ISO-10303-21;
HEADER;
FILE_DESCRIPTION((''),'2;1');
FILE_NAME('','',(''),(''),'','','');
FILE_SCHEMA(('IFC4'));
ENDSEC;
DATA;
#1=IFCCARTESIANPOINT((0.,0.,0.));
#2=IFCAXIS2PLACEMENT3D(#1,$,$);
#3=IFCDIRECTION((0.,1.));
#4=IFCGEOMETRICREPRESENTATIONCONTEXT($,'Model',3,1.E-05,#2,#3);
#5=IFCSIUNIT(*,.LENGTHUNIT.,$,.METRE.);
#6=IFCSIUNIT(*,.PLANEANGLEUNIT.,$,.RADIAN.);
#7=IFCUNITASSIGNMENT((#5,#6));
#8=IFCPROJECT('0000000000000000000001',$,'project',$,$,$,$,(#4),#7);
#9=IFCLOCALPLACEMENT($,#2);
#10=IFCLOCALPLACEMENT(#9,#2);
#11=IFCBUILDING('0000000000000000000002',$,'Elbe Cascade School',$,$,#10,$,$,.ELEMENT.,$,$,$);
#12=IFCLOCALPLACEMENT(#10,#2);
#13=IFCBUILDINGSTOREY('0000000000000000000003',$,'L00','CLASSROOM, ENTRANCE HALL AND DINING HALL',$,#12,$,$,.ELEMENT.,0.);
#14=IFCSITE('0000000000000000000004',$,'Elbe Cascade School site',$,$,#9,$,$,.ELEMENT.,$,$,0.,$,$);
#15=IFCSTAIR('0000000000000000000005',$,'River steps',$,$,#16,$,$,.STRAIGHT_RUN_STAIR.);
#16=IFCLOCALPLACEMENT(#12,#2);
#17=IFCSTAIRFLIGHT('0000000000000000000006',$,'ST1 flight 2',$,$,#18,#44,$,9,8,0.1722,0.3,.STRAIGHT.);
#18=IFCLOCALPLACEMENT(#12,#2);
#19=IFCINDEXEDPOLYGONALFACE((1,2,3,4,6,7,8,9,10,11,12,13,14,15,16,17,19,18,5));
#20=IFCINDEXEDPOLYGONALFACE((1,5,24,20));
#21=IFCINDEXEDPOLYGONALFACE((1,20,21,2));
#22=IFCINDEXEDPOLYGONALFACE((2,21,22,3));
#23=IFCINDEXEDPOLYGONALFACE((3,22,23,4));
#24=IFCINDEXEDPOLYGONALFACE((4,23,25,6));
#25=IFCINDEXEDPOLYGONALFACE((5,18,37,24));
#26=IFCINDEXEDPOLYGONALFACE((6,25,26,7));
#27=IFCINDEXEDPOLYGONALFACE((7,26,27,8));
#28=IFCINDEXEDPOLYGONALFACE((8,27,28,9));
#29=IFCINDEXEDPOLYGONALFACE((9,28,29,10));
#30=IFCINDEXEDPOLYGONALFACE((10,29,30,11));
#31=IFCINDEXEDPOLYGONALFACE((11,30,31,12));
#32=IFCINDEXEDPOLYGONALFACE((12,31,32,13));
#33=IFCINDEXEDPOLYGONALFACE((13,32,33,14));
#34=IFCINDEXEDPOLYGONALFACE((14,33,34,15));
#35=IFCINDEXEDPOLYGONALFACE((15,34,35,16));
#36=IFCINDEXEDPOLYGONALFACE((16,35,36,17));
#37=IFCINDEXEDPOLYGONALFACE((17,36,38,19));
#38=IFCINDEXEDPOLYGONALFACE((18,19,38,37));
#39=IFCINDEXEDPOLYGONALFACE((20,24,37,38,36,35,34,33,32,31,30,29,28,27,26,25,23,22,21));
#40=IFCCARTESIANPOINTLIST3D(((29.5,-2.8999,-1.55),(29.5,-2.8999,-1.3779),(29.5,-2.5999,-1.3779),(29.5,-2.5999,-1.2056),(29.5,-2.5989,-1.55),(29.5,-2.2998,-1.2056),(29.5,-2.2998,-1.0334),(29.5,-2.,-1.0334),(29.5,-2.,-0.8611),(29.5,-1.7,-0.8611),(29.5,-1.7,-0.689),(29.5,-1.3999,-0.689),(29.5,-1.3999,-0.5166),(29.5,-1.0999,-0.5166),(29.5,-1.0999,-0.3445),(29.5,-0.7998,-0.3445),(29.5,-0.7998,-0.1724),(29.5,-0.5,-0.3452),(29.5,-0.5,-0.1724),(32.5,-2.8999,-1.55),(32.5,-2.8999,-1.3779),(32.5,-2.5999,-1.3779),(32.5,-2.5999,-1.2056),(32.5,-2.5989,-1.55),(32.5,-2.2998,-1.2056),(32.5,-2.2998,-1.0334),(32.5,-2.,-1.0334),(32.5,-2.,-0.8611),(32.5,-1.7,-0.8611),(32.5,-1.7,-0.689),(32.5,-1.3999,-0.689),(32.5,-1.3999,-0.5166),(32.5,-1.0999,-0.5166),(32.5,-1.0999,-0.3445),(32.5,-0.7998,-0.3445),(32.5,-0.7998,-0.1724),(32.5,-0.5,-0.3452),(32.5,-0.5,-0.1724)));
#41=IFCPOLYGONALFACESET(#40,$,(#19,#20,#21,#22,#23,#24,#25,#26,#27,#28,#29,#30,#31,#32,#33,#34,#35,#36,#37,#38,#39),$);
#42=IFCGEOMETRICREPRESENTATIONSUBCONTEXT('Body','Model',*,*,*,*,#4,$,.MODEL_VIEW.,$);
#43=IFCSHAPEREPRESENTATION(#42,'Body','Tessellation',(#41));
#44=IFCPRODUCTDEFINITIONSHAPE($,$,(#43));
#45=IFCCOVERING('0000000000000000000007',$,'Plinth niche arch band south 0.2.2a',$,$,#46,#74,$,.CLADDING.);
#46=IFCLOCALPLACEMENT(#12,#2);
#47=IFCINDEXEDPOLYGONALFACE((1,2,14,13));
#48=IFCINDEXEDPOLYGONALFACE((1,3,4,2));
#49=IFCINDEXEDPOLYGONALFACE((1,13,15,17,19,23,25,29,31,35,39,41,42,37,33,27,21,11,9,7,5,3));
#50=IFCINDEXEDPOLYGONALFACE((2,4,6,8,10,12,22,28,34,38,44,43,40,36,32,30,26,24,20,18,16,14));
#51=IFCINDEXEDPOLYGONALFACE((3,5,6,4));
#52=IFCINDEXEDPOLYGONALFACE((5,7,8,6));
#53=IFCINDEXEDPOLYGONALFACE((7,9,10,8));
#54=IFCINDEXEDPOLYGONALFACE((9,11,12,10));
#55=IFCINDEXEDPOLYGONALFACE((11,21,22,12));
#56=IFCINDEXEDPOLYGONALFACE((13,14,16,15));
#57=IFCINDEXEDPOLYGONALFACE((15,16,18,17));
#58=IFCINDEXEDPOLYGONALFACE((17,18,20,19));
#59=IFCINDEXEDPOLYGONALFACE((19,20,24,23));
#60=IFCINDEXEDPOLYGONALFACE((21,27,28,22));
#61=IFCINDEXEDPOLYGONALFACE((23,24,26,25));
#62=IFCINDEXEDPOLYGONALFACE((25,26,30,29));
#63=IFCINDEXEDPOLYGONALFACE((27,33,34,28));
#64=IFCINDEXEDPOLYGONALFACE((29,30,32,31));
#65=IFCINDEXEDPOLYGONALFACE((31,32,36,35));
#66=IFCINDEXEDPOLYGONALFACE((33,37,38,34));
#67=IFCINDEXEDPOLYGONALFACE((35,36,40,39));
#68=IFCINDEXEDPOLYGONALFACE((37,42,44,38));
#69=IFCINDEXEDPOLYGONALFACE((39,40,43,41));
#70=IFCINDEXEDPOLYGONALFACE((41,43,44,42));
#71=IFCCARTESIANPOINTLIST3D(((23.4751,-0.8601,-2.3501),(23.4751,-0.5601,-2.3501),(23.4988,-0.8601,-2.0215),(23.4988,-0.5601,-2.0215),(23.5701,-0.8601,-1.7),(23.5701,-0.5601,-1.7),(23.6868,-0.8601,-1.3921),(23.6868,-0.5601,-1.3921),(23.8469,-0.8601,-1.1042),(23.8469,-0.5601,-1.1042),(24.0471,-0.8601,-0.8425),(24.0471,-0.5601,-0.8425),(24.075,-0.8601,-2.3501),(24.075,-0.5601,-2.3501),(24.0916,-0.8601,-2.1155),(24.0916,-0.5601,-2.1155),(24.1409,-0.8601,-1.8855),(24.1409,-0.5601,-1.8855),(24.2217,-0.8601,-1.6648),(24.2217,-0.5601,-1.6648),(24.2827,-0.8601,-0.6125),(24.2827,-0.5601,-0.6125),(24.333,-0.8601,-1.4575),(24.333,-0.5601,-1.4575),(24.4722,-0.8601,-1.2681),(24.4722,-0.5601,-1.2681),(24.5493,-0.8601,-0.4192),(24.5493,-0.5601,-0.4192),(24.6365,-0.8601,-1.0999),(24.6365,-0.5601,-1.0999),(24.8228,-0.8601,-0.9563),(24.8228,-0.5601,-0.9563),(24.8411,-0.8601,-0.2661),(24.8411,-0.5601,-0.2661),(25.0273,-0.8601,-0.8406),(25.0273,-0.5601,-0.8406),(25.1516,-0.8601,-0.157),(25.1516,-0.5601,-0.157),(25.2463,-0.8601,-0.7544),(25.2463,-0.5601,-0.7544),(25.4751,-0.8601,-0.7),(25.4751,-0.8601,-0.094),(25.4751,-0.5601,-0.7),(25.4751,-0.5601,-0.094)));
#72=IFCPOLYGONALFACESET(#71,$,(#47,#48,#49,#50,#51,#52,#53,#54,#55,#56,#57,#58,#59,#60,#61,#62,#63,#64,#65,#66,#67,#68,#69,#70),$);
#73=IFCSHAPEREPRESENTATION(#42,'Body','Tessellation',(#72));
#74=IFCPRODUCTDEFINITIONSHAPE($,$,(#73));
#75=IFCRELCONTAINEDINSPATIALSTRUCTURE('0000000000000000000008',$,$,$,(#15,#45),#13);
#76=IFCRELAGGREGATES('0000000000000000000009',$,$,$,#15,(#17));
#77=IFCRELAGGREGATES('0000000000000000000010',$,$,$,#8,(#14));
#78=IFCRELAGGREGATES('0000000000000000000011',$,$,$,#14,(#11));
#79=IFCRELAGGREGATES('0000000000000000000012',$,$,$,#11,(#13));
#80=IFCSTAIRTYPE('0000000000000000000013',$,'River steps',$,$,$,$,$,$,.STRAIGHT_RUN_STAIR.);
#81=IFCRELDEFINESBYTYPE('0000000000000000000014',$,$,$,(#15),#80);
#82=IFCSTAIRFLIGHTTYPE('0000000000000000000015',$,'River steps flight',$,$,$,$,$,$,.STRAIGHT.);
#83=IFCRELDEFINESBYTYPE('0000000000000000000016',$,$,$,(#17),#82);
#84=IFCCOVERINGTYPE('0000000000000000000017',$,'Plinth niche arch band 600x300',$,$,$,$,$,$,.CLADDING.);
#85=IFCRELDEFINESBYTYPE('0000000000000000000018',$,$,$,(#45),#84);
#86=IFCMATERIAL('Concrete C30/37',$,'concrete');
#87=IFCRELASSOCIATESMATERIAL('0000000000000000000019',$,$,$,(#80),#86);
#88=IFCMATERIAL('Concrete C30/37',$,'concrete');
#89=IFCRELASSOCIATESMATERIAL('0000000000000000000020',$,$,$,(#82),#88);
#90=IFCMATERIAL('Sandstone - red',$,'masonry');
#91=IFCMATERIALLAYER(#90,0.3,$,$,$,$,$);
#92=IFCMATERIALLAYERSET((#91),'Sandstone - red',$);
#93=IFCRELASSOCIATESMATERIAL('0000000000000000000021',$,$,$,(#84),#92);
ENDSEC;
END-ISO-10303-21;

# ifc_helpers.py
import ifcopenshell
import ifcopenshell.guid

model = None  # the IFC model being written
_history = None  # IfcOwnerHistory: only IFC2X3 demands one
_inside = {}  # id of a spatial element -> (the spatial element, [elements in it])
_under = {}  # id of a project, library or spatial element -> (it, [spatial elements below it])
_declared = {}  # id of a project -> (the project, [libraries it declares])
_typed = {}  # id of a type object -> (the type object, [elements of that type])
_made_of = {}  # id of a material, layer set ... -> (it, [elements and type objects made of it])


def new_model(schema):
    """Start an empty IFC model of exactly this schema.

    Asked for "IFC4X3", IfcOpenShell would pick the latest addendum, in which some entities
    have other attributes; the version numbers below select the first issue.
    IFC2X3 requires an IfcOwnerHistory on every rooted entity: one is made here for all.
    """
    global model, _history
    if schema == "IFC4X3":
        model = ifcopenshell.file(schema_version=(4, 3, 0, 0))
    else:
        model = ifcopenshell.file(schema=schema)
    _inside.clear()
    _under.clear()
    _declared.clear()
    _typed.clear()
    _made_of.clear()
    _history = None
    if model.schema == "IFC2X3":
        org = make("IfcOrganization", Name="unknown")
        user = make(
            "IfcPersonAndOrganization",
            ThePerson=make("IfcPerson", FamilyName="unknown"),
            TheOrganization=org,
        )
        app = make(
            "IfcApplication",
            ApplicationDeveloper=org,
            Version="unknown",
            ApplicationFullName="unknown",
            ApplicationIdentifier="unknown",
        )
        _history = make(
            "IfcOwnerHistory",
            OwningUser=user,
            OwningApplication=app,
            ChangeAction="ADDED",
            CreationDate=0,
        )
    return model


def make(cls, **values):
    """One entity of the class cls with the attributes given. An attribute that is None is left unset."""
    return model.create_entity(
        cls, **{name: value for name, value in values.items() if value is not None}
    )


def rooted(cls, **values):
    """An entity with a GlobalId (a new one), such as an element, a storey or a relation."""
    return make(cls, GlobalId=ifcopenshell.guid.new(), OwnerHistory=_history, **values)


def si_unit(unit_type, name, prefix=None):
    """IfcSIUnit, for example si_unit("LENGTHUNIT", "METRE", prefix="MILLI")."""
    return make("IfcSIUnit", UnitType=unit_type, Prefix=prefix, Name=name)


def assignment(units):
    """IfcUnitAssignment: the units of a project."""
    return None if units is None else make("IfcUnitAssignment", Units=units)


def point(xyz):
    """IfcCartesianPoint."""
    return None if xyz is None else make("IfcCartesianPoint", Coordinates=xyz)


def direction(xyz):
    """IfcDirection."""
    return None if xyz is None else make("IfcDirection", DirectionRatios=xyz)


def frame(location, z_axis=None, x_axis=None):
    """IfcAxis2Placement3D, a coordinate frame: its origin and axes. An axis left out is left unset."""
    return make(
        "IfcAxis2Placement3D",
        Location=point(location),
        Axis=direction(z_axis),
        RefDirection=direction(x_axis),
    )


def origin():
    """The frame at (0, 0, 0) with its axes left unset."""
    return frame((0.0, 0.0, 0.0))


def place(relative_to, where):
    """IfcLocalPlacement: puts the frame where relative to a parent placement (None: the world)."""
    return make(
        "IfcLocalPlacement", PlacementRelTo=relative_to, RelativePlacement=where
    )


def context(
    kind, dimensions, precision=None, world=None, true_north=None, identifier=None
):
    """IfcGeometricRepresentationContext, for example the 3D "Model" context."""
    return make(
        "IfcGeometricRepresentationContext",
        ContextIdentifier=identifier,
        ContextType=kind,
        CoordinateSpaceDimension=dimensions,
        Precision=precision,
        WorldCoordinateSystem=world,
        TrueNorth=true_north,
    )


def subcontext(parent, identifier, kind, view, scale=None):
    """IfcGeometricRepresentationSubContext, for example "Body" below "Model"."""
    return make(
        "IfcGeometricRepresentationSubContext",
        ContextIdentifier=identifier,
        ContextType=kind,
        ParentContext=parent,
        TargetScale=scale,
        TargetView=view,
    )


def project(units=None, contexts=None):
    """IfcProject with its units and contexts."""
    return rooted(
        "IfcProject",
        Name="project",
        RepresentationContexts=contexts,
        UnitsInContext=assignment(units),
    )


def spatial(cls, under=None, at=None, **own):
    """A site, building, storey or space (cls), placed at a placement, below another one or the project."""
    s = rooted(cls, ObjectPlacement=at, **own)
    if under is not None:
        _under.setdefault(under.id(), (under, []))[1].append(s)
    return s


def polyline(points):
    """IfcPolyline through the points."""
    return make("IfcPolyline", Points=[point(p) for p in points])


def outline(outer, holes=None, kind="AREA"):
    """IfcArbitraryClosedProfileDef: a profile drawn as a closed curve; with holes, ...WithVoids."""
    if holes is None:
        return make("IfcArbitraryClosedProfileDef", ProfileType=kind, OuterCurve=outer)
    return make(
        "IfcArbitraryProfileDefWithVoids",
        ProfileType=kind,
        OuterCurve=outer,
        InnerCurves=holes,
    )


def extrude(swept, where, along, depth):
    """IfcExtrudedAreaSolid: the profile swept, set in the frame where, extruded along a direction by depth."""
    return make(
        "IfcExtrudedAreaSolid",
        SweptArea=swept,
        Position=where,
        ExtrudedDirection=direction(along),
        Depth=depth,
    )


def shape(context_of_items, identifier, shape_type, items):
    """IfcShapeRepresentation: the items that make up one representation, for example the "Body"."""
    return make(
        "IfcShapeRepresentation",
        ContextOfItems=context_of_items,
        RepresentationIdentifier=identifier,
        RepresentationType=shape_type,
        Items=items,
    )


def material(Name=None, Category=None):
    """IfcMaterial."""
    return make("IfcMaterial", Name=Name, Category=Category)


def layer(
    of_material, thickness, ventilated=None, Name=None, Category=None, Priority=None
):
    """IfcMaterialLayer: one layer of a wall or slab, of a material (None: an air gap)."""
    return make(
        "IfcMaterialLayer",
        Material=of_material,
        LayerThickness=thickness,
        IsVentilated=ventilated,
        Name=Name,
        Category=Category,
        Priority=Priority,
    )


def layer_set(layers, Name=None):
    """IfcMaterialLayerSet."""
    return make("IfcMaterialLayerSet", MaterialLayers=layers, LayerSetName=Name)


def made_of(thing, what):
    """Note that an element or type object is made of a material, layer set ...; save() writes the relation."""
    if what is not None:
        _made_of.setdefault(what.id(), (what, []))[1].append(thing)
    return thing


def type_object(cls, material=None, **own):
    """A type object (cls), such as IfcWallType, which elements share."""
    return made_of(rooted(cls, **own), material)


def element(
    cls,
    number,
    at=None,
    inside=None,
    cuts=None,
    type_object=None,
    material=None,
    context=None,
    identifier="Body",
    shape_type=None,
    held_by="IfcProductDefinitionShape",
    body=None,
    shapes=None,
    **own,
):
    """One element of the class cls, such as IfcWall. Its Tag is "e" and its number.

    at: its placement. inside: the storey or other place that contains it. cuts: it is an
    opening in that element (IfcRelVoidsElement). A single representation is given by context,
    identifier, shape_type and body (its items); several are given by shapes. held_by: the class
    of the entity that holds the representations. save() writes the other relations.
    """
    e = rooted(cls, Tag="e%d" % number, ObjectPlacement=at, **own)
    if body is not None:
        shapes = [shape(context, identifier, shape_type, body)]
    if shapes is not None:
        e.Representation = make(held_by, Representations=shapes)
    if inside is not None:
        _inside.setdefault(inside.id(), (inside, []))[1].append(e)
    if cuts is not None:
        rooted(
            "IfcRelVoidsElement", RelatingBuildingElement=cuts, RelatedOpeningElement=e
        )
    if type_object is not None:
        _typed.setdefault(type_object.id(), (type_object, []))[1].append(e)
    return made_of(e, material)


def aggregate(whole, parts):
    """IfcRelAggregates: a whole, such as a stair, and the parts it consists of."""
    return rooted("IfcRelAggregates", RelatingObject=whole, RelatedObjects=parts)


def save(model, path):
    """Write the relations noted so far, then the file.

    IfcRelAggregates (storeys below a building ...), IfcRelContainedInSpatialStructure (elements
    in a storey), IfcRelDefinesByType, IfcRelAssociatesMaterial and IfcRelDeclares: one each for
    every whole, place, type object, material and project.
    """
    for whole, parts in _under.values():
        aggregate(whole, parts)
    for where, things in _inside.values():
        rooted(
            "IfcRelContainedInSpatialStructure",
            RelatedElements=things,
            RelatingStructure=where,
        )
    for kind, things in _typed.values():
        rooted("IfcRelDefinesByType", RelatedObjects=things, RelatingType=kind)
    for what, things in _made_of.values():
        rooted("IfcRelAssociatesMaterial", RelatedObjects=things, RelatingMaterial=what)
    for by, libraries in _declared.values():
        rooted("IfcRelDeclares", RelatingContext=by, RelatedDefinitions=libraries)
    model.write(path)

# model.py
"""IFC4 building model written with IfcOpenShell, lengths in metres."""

from ifc_helpers import new_model, si_unit, direction, frame, origin, place, context, subcontext, project, spatial, polyline, outline, extrude, material, layer, layer_set, type_object, element, aggregate, save


model = new_model("IFC4")

# Units and contexts
model_context = context("Model", 3, precision=1e-05, world=origin(), true_north=direction((0.0, 1.0)))
body_context = subcontext(model_context, "Body", "Model", "MODEL_VIEW")
ifc_project = project(units=[si_unit("LENGTHUNIT", "METRE"), si_unit("PLANEANGLEUNIT", "RADIAN")], contexts=[model_context])

# Site, building, storey
site_placement = place(None, origin())
site = spatial("IfcSite", under=ifc_project, at=site_placement, Name="Elbe Cascade School site", CompositionType="ELEMENT", RefElevation=0.0)
building_placement = place(site_placement, origin())
building = spatial("IfcBuilding", under=site, at=building_placement, Name="Elbe Cascade School", CompositionType="ELEMENT")
storey_placement = place(building_placement, origin())
storey = spatial("IfcBuildingStorey", under=building, at=storey_placement, Name="L00", Description="CLASSROOM, ENTRANCE HALL AND DINING HALL", CompositionType="ELEMENT", Elevation=0.0)

# Stair, stair flight
ifc_material_1 = material(Name="Concrete C30/37", Category="concrete")
stair_type = type_object("IfcStairType", Name="River steps", PredefinedType="STRAIGHT_RUN_STAIR", material=ifc_material_1)
stair_placement = place(storey_placement, origin())
stair = element("IfcStair", 1, at=stair_placement, inside=storey, type_object=stair_type, Name="River steps", PredefinedType="STRAIGHT_RUN_STAIR")
ifc_material_2 = material(Name="Concrete C30/37", Category="concrete")
stair_flight_type = type_object("IfcStairFlightType", Name="River steps flight", PredefinedType="STRAIGHT", material=ifc_material_2)
stair_flight_1_placement = place(storey_placement, frame((31.0, -2.8999, -1.55), z_axis=(0.0, 0.0, 1.0), x_axis=(0.0, 1.0, 0.0)))
stair_flight_1 = element("IfcStairFlight", 2, at=stair_flight_1_placement, type_object=stair_flight_type, Name="ST1 flight 2", NumberOfRisers=9, NumberOfTreads=8, PredefinedType="STRAIGHT", RiserHeight=0.1722, TreadLength=0.3, context=body_context, shape_type="SweptSolid", body=[
    extrude(outline(polyline([(0.0, 0.0), (0.0, 0.1721), (0.3, 0.1721), (0.3, 0.3445), (0.6001, 0.3445), (0.6001, 0.5166), (0.8999, 0.5166), (0.8999, 0.689), (1.2, 0.689), (1.2, 0.8611), (1.5, 0.8611), (1.5, 1.0334), (1.8, 1.0334), (1.8, 1.2056), (2.1001, 1.2056), (2.1001, 1.3777), (2.3999, 1.3777), (2.3999, 1.55), (2.3999, 1.2048), (0.301, 0.0), (0.0, 0.0)])), frame((0.0, 1.5, 0.0), z_axis=(0.0, -1.0, 0.0), x_axis=(1.0, 0.0, 0.0)), (0.0, 0.0, 1.0), 3.0),
])
aggregate(stair, [stair_flight_1])

# Covering
ifc_material_3 = material(Name="Sandstone - red", Category="masonry")
ifc_layer_1 = layer(ifc_material_3, 0.3)
ifc_layer_set_1 = layer_set([ifc_layer_1], Name="Sandstone - red")
covering_type_1 = type_object("IfcCoveringType", Name="Plinth niche arch band 600x300", PredefinedType="CLADDING", material=ifc_layer_set_1)
covering_1_placement = place(storey_placement, frame((23.4751, -0.8601, -2.3501), z_axis=(0.0, -1.0, 0.0), x_axis=(1.0, 0.0, 0.0)))
element("IfcCovering", 3, at=covering_1_placement, inside=storey, type_object=covering_type_1, Name="Plinth niche arch band south 0.2.2a", PredefinedType="CLADDING", context=body_context, shape_type="SweptSolid", body=[
    extrude(outline(polyline([(0.0, 0.0), (0.5999, 0.0), (0.6165, 0.2346), (0.6658, 0.4646), (0.7466, 0.6853), (0.8579, 0.8926), (0.9971, 1.082), (1.1614, 1.2502), (1.3477, 1.3938), (1.5522, 1.5095), (1.7712, 1.5957), (2.0, 1.6501), (2.0, 2.2561), (1.6765, 2.1931), (1.366, 2.084), (1.0742, 1.9309), (0.8076, 1.7375), (0.572, 1.5076), (0.3718, 1.2458), (0.2117, 0.958), (0.095, 0.6501), (0.0237, 0.3286), (0.0, 0.0)])), origin(), (0.0, 0.0, -1.0), 0.3),
])

save(model, "model.ifc")
